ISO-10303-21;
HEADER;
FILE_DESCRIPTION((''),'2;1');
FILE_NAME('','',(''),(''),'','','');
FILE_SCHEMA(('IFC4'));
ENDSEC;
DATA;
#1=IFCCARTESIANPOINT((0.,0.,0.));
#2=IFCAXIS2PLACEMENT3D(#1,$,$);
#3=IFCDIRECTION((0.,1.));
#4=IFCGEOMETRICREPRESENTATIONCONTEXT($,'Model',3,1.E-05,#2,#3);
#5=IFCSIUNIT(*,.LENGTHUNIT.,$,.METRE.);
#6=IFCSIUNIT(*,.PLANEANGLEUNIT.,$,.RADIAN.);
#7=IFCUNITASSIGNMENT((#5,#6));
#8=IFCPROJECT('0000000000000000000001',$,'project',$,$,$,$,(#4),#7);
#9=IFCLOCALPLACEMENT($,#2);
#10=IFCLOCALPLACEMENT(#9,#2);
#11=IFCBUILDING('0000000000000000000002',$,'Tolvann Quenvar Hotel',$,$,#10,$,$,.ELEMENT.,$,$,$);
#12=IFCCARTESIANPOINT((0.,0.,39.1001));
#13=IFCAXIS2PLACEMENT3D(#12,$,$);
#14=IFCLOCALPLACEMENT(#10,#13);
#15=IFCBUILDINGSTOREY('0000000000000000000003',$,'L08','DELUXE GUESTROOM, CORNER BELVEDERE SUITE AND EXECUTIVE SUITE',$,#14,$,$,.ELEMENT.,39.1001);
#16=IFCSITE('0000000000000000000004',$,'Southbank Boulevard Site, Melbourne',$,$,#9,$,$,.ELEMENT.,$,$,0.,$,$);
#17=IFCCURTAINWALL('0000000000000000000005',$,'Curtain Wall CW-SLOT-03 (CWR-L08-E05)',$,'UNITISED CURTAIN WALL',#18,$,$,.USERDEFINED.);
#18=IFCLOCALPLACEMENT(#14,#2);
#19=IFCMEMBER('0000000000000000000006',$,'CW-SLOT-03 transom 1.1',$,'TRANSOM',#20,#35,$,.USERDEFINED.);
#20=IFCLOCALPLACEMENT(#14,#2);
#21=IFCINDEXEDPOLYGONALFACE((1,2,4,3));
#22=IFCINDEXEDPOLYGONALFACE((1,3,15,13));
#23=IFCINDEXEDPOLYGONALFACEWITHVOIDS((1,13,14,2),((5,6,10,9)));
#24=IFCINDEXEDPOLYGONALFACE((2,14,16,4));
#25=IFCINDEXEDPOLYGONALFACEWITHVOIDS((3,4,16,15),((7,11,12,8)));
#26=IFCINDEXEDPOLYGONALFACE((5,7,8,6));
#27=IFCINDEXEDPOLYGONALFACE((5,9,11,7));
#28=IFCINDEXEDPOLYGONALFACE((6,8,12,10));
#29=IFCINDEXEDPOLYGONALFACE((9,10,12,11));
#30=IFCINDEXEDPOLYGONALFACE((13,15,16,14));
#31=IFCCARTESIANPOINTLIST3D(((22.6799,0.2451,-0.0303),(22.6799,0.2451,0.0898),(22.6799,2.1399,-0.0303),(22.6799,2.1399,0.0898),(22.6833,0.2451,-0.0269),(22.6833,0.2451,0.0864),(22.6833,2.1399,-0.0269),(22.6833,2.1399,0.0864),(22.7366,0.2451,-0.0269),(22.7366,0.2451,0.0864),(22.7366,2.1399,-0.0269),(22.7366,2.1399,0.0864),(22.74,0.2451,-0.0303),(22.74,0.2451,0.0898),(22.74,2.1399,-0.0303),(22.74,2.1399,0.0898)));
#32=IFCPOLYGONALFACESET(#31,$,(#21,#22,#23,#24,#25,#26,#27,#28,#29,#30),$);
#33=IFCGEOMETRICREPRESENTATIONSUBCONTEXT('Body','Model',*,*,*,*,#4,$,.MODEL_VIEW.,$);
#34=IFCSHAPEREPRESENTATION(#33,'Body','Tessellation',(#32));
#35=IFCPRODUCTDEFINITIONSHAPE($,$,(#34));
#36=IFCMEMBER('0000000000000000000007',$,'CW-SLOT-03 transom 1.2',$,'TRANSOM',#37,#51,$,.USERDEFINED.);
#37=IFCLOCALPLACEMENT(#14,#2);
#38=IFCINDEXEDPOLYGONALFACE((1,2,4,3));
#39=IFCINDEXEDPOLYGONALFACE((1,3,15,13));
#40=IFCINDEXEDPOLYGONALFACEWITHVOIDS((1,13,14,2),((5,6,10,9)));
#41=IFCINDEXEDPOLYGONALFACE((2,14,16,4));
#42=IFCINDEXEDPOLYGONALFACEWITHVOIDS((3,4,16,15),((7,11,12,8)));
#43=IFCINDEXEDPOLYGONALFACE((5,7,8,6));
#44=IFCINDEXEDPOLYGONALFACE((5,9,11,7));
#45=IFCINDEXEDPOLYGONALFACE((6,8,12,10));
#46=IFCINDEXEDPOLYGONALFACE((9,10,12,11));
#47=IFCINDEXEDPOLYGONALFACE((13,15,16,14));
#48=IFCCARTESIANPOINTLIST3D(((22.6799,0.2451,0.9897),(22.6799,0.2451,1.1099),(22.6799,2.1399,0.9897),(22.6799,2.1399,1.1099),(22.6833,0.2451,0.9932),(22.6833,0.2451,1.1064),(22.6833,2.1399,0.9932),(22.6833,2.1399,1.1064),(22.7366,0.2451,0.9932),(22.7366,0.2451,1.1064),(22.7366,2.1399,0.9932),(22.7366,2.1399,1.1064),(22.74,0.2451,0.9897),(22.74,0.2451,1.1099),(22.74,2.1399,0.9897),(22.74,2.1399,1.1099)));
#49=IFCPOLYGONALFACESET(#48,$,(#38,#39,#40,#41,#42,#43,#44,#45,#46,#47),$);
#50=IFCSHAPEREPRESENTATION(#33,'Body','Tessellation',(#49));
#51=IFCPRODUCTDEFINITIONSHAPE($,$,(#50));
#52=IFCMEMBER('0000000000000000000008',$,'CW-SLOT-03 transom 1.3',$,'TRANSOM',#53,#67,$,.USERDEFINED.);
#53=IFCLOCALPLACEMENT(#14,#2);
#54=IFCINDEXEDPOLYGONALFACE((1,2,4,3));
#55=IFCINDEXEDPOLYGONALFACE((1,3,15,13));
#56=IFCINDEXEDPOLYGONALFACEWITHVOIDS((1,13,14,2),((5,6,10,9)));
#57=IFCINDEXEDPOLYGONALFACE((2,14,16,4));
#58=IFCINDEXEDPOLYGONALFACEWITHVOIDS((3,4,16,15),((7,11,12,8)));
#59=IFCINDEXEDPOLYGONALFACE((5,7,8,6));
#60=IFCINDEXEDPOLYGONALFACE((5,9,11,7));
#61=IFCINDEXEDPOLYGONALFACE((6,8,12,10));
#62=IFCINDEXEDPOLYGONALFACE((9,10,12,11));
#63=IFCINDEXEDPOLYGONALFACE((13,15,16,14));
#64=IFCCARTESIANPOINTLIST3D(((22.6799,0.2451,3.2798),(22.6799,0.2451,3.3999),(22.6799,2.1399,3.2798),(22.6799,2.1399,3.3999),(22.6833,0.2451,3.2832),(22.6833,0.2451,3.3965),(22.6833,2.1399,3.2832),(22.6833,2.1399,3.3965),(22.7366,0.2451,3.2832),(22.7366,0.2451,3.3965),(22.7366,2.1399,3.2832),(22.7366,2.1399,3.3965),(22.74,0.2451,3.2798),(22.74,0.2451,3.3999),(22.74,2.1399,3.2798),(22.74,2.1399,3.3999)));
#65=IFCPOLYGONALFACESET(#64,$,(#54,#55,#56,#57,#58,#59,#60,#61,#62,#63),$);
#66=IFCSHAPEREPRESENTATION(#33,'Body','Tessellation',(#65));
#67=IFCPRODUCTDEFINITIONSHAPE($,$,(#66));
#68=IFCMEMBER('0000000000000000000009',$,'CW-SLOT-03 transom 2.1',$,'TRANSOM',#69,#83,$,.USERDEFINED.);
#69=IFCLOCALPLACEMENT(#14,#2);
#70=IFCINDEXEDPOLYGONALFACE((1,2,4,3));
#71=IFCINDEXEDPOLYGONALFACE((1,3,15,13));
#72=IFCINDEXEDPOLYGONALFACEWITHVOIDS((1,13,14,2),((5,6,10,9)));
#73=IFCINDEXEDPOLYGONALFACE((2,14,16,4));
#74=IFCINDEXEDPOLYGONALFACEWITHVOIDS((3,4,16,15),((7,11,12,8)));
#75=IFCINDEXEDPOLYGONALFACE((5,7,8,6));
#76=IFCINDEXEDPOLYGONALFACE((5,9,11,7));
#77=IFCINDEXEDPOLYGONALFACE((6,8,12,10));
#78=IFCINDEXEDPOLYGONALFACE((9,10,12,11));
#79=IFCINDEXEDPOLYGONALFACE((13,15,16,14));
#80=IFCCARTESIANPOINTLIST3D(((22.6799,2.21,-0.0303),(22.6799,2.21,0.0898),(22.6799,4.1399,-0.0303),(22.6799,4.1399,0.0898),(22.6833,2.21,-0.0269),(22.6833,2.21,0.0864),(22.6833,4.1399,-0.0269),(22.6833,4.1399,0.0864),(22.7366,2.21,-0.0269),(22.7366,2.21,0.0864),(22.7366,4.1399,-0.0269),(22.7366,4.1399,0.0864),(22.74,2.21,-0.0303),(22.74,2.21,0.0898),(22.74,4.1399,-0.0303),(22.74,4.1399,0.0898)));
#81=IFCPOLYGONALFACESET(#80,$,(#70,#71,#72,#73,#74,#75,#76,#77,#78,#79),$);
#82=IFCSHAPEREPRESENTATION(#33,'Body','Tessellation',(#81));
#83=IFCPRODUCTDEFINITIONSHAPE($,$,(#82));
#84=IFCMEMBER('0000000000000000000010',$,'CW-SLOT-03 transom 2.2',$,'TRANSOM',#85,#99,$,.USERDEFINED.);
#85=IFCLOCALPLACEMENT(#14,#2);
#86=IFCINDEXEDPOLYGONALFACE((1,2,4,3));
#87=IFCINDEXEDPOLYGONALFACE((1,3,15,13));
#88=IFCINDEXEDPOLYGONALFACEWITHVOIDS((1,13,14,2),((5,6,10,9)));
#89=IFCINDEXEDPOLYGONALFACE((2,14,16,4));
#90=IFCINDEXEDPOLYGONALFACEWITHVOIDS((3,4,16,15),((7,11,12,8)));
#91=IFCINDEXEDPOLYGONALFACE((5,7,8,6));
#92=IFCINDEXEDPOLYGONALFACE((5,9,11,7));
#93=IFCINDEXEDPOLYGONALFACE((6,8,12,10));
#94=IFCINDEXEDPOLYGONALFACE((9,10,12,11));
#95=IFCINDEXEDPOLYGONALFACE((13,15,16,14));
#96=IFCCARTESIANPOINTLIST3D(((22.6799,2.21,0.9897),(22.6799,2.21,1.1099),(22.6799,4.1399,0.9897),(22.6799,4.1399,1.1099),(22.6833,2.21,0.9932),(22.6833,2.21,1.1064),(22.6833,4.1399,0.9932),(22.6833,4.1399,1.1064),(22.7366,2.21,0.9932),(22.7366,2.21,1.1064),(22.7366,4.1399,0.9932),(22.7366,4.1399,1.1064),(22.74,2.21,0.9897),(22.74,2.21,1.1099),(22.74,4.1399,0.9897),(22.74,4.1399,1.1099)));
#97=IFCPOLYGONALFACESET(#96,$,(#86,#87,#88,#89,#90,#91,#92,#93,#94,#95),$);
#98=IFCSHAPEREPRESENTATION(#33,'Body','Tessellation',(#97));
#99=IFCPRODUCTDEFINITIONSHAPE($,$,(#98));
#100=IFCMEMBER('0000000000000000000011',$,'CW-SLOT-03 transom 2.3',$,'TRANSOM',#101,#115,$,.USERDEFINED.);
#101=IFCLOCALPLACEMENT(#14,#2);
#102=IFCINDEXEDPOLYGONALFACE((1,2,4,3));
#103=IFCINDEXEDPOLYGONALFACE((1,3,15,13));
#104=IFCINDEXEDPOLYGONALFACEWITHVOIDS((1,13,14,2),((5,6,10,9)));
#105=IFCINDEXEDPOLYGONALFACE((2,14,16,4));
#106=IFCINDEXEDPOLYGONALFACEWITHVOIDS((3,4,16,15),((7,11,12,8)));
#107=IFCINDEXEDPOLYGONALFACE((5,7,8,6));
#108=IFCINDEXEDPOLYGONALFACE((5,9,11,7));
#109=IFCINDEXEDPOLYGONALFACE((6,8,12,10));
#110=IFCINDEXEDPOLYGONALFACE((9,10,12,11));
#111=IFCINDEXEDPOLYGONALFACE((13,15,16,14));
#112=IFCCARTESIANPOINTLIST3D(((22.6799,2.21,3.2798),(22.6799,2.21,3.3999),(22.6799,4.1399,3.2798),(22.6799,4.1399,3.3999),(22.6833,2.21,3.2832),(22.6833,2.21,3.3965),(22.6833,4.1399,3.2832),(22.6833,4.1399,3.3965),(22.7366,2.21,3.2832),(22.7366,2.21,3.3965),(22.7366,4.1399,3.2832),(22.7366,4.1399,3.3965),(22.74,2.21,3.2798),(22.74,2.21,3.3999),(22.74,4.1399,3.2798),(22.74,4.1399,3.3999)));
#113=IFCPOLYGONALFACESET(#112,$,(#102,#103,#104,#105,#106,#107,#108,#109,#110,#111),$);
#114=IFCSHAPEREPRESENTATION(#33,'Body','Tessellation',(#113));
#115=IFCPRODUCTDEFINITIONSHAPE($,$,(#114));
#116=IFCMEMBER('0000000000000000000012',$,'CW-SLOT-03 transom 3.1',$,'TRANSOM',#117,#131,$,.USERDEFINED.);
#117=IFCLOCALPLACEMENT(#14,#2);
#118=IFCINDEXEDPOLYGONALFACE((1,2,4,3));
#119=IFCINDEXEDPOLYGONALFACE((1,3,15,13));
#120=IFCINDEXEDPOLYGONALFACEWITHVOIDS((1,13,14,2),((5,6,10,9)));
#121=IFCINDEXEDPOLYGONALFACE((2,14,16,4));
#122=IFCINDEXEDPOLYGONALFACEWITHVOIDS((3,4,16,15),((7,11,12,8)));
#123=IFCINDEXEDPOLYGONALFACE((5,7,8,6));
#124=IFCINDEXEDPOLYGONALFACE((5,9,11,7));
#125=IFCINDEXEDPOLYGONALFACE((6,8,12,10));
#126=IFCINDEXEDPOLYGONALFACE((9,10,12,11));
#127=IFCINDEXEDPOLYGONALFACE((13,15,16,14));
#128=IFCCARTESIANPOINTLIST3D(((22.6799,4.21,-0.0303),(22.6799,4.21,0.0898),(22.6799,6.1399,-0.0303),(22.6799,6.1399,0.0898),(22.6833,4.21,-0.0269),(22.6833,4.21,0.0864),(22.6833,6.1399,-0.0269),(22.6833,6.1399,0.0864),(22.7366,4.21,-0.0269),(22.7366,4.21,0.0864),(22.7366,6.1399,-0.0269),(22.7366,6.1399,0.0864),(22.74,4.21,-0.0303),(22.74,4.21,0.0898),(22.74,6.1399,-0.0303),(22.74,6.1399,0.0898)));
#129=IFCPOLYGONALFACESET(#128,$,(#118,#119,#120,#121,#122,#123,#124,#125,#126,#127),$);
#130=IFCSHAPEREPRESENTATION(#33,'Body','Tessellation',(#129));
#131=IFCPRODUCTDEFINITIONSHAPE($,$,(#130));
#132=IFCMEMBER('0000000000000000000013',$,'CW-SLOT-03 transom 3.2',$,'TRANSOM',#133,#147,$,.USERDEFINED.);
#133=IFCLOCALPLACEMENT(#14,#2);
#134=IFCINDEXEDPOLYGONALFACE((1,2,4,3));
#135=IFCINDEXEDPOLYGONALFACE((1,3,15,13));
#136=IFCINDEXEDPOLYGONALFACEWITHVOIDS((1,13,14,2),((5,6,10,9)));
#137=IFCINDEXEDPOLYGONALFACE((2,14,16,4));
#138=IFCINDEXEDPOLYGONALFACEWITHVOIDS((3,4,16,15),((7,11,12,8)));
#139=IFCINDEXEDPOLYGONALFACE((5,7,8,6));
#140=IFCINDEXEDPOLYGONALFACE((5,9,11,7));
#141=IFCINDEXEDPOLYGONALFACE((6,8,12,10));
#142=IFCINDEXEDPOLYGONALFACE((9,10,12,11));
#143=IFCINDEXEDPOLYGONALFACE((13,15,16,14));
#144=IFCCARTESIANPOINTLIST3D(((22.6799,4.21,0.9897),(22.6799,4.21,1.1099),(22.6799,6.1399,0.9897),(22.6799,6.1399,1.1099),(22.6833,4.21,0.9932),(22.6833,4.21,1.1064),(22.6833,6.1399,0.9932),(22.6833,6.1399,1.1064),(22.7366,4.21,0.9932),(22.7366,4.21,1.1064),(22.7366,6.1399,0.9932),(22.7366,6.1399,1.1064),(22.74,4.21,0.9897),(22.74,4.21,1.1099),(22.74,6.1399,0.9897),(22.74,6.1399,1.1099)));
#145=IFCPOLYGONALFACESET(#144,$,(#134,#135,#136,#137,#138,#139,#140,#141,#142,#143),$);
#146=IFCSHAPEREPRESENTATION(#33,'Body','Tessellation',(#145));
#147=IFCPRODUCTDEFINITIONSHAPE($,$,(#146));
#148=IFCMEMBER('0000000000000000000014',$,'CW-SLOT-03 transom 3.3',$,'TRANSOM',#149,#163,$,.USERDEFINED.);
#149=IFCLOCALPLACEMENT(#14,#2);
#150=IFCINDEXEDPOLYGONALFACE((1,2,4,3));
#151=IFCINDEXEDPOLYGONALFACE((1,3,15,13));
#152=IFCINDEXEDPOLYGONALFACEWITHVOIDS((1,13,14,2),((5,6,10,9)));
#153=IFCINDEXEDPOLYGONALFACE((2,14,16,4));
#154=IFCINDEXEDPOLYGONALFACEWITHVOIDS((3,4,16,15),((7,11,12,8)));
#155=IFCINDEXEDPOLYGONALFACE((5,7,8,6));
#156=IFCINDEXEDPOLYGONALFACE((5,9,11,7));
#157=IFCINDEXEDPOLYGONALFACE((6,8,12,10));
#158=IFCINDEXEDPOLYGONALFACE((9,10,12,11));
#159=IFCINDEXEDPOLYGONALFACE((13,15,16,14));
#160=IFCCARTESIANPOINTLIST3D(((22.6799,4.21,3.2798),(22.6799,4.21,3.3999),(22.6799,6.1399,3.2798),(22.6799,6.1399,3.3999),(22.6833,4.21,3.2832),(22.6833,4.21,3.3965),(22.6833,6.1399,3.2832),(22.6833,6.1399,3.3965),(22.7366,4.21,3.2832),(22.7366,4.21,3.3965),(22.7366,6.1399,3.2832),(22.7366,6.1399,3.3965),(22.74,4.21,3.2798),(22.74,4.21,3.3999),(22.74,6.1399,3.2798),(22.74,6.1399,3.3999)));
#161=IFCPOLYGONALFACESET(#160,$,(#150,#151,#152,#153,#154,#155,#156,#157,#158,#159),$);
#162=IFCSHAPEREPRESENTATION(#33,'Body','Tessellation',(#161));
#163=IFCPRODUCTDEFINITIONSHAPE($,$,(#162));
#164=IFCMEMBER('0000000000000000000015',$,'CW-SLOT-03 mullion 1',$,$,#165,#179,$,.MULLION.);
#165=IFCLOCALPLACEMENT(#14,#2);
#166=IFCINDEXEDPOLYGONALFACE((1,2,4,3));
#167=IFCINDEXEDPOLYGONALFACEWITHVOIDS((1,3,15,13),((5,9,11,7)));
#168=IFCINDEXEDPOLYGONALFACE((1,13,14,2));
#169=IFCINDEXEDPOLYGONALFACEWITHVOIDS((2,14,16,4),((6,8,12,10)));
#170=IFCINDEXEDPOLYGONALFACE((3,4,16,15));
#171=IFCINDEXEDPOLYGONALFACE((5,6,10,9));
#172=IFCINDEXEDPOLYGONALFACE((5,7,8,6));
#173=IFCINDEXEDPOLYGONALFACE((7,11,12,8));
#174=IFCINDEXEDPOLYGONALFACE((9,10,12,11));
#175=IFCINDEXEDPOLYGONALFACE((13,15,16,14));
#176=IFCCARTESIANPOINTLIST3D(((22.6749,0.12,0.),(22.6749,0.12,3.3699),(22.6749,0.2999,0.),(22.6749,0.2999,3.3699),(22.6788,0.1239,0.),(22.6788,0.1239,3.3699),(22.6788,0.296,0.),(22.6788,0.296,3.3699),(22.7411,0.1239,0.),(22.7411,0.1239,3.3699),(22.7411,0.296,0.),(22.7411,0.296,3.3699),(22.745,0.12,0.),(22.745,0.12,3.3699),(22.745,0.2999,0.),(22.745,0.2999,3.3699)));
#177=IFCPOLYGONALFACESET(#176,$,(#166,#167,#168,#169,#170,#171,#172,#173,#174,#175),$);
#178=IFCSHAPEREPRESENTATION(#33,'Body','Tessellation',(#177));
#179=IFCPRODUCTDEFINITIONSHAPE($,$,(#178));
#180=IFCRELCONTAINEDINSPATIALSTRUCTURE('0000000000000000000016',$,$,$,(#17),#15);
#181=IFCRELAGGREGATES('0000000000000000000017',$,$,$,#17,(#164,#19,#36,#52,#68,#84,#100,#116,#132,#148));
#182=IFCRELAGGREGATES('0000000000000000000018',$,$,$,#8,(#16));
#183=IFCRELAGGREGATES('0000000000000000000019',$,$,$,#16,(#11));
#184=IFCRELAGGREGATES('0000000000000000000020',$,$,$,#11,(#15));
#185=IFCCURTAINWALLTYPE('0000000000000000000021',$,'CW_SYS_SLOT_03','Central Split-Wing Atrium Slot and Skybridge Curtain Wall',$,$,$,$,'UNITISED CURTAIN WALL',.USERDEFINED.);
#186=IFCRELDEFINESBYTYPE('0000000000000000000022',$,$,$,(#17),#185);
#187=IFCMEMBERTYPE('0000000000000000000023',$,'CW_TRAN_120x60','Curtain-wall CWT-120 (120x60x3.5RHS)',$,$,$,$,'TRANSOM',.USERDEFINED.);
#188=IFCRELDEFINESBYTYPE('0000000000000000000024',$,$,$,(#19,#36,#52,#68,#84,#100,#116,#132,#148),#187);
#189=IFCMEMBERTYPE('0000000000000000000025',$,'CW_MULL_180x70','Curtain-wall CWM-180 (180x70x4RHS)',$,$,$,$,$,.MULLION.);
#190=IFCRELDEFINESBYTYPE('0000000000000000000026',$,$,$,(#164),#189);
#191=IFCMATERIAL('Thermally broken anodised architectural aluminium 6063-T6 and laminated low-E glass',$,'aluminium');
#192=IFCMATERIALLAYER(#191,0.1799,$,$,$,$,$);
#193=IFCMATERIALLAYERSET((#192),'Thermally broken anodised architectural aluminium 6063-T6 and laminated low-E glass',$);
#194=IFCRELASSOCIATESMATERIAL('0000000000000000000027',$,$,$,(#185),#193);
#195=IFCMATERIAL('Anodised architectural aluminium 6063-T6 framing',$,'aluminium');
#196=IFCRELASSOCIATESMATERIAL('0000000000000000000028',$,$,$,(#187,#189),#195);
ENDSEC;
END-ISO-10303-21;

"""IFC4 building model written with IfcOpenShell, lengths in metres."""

from ifc_helpers import new_model, si_unit, direction, frame, origin, origin_2d, place, context, subcontext, project, spatial, hollow_rectangle, extrude, source, transform, mapped, material, layer, layer_set, material_profile, profile_set, type_object, type_shapes, element, aggregate, save


model = new_model("IFC4")

# Units and contexts
model_context = context("Model", 3, precision=1e-05, world=origin(), true_north=direction((0.0, 1.0)))
body_context = subcontext(model_context, "Body", "Model", "MODEL_VIEW")
ifc_project = project(units=[si_unit("LENGTHUNIT", "METRE"), si_unit("PLANEANGLEUNIT", "RADIAN")], contexts=[model_context])

# Site, building, storey
site_placement = place(None, origin())
site = spatial("IfcSite", under=ifc_project, at=site_placement, Name="Southbank Boulevard Site, Melbourne", CompositionType="ELEMENT", RefElevation=0.0)
building_placement = place(site_placement, origin())
building = spatial("IfcBuilding", under=site, at=building_placement, Name="Tolvann Quenvar Hotel", CompositionType="ELEMENT")
storey_placement = place(building_placement, frame((0.0, 0.0, 39.1001)))
storey = spatial("IfcBuildingStorey", under=building, at=storey_placement, Name="L08", Description="DELUXE GUESTROOM, CORNER BELVEDERE SUITE AND EXECUTIVE SUITE", CompositionType="ELEMENT", Elevation=39.1001)

# Curtain wall, members
ifc_material_1 = material(Name="Thermally broken anodised architectural aluminium 6063-T6 and laminated low-E glass", Category="aluminium")
ifc_layer_1 = layer(ifc_material_1, 0.1799)
ifc_layer_set_1 = layer_set([ifc_layer_1], Name="Thermally broken anodised architectural aluminium 6063-T6 and laminated low-E glass")
curtain_wall_type = type_object("IfcCurtainWallType", Name="CW_SYS_SLOT_03", Description="Central Split-Wing Atrium Slot and Skybridge Curtain Wall", ElementType="UNITISED CURTAIN WALL", PredefinedType="USERDEFINED", material=ifc_layer_set_1)
curtain_wall_placement = place(storey_placement, origin())
curtain_wall = element("IfcCurtainWall", 1, at=curtain_wall_placement, inside=storey, type_object=curtain_wall_type, Name="Curtain Wall CW-SLOT-03 (CWR-L08-E05)", ObjectType="UNITISED CURTAIN WALL", PredefinedType="USERDEFINED")
ifc_material_2 = material(Name="Anodised architectural aluminium 6063-T6 framing", Category="aluminium")
ifc_material_profile_1 = material_profile(ifc_material_2, hollow_rectangle(XDim=0.0601, YDim=0.1201, WallThickness=0.0034, at=origin_2d()), Name="120x60x3.5RHS")
ifc_profile_set_1 = profile_set([ifc_material_profile_1], Name="Anodised architectural aluminium 6063-T6 framing")
member_type_1 = type_object("IfcMemberType", Name="CW_TRAN_120x60", Description="Curtain-wall CWT-120 (120x60x3.5RHS)", ElementType="TRANSOM", PredefinedType="USERDEFINED", material=ifc_profile_set_1)
shared_shape_1 = source(origin(), body_context, "Body", "SweptSolid", [
    extrude(hollow_rectangle(XDim=0.0601, YDim=0.1201, WallThickness=0.0034, at=origin_2d()), origin(), (0.0, 0.0, 1.0), 1.8948),
])
member_1_placement = place(storey_placement, frame((22.71, 0.2451, 0.0298), z_axis=(0.0, 1.0, 0.0), x_axis=(-1.0, 0.0, 0.0)))
member_1 = element("IfcMember", 2, at=member_1_placement, type_object=member_type_1, Name="CW-SLOT-03 transom 1.1", ObjectType="TRANSOM", PredefinedType="USERDEFINED", context=body_context, shape_type="MappedRepresentation", body=[
    mapped(shared_shape_1, transform((0.0, 0.0, 0.0), x_axis=(1.0, 0.0, 0.0), y_axis=(0.0, 1.0, 0.0), z_axis=(0.0, 0.0, 1.0), scale=1.0)),
])
member_2_placement = place(storey_placement, frame((22.71, 0.2451, 1.0498), z_axis=(0.0, 1.0, 0.0), x_axis=(-1.0, 0.0, 0.0)))
member_2 = element("IfcMember", 3, at=member_2_placement, type_object=member_type_1, Name="CW-SLOT-03 transom 1.2", ObjectType="TRANSOM", PredefinedType="USERDEFINED", context=body_context, shape_type="MappedRepresentation", body=[
    mapped(shared_shape_1, transform((0.0, 0.0, 0.0), x_axis=(1.0, 0.0, 0.0), y_axis=(0.0, 1.0, 0.0), z_axis=(0.0, 0.0, 1.0), scale=1.0)),
])
member_3_placement = place(storey_placement, frame((22.71, 0.2451, 3.3398), z_axis=(0.0, 1.0, 0.0), x_axis=(-1.0, 0.0, 0.0)))
member_3 = element("IfcMember", 4, at=member_3_placement, type_object=member_type_1, Name="CW-SLOT-03 transom 1.3", ObjectType="TRANSOM", PredefinedType="USERDEFINED", context=body_context, shape_type="MappedRepresentation", body=[
    mapped(shared_shape_1, transform((0.0, 0.0, 0.0), x_axis=(1.0, 0.0, 0.0), y_axis=(0.0, 1.0, 0.0), z_axis=(0.0, 0.0, 1.0), scale=1.0)),
])
shared_shape_2 = source(origin(), body_context, "Body", "SweptSolid", [
    extrude(hollow_rectangle(XDim=0.0601, YDim=0.1201, WallThickness=0.0034, at=origin_2d()), origin(), (0.0, 0.0, 1.0), 1.9299),
])
type_shapes(member_type_1, [shared_shape_1, shared_shape_2])
member_4_placement = place(storey_placement, frame((22.71, 2.21, 0.0298), z_axis=(0.0, 1.0, 0.0), x_axis=(-1.0, 0.0, 0.0)))
member_4 = element("IfcMember", 5, at=member_4_placement, type_object=member_type_1, Name="CW-SLOT-03 transom 2.1", ObjectType="TRANSOM", PredefinedType="USERDEFINED", context=body_context, shape_type="MappedRepresentation", body=[
    mapped(shared_shape_2, transform((0.0, 0.0, 0.0), x_axis=(1.0, 0.0, 0.0), y_axis=(0.0, 1.0, 0.0), z_axis=(0.0, 0.0, 1.0), scale=1.0)),
])
member_5_placement = place(storey_placement, frame((22.71, 2.21, 1.0498), z_axis=(0.0, 1.0, 0.0), x_axis=(-1.0, 0.0, 0.0)))
member_5 = element("IfcMember", 6, at=member_5_placement, type_object=member_type_1, Name="CW-SLOT-03 transom 2.2", ObjectType="TRANSOM", PredefinedType="USERDEFINED", context=body_context, shape_type="MappedRepresentation", body=[
    mapped(shared_shape_2, transform((0.0, 0.0, 0.0), x_axis=(1.0, 0.0, 0.0), y_axis=(0.0, 1.0, 0.0), z_axis=(0.0, 0.0, 1.0), scale=1.0)),
])
member_6_placement = place(storey_placement, frame((22.71, 2.21, 3.3398), z_axis=(0.0, 1.0, 0.0), x_axis=(-1.0, 0.0, 0.0)))
member_6 = element("IfcMember", 7, at=member_6_placement, type_object=member_type_1, Name="CW-SLOT-03 transom 2.3", ObjectType="TRANSOM", PredefinedType="USERDEFINED", context=body_context, shape_type="MappedRepresentation", body=[
    mapped(shared_shape_2, transform((0.0, 0.0, 0.0), x_axis=(1.0, 0.0, 0.0), y_axis=(0.0, 1.0, 0.0), z_axis=(0.0, 0.0, 1.0), scale=1.0)),
])
member_7_placement = place(storey_placement, frame((22.71, 4.21, 0.0298), z_axis=(0.0, 1.0, 0.0), x_axis=(-1.0, 0.0, 0.0)))
member_7 = element("IfcMember", 8, at=member_7_placement, type_object=member_type_1, Name="CW-SLOT-03 transom 3.1", ObjectType="TRANSOM", PredefinedType="USERDEFINED", context=body_context, shape_type="MappedRepresentation", body=[
    mapped(shared_shape_2, transform((0.0, 0.0, 0.0), x_axis=(1.0, 0.0, 0.0), y_axis=(0.0, 1.0, 0.0), z_axis=(0.0, 0.0, 1.0), scale=1.0)),
])
member_8_placement = place(storey_placement, frame((22.71, 4.21, 1.0498), z_axis=(0.0, 1.0, 0.0), x_axis=(-1.0, 0.0, 0.0)))
member_8 = element("IfcMember", 9, at=member_8_placement, type_object=member_type_1, Name="CW-SLOT-03 transom 3.2", ObjectType="TRANSOM", PredefinedType="USERDEFINED", context=body_context, shape_type="MappedRepresentation", body=[
    mapped(shared_shape_2, transform((0.0, 0.0, 0.0), x_axis=(1.0, 0.0, 0.0), y_axis=(0.0, 1.0, 0.0), z_axis=(0.0, 0.0, 1.0), scale=1.0)),
])
member_9_placement = place(storey_placement, frame((22.71, 4.21, 3.3398), z_axis=(0.0, 1.0, 0.0), x_axis=(-1.0, 0.0, 0.0)))
member_9 = element("IfcMember", 10, at=member_9_placement, type_object=member_type_1, Name="CW-SLOT-03 transom 3.3", ObjectType="TRANSOM", PredefinedType="USERDEFINED", context=body_context, shape_type="MappedRepresentation", body=[
    mapped(shared_shape_2, transform((0.0, 0.0, 0.0), x_axis=(1.0, 0.0, 0.0), y_axis=(0.0, 1.0, 0.0), z_axis=(0.0, 0.0, 1.0), scale=1.0)),
])
ifc_material_profile_2 = material_profile(ifc_material_2, hollow_rectangle(XDim=0.0701, YDim=0.1799, WallThickness=0.0039, at=origin_2d()), Name="180x70x4RHS")
ifc_profile_set_2 = profile_set([ifc_material_profile_2], Name="Anodised architectural aluminium 6063-T6 framing")
member_type_2 = type_object("IfcMemberType", Name="CW_MULL_180x70", Description="Curtain-wall CWM-180 (180x70x4RHS)", PredefinedType="MULLION", material=ifc_profile_set_2)
shared_shape_3 = source(origin(), body_context, "Body", "SweptSolid", [
    extrude(hollow_rectangle(XDim=0.0701, YDim=0.1799, WallThickness=0.0039, at=origin_2d()), origin(), (0.0, 0.0, 1.0), 3.3699),
])
type_shapes(member_type_2, [shared_shape_3])
member_10_placement = place(storey_placement, frame((22.71, 0.21, 0.0), z_axis=(0.0, 0.0, 1.0), x_axis=(-1.0, 0.0, 0.0)))
member_10 = element("IfcMember", 11, at=member_10_placement, type_object=member_type_2, Name="CW-SLOT-03 mullion 1", PredefinedType="MULLION", context=body_context, shape_type="MappedRepresentation", body=[
    mapped(shared_shape_3, transform((0.0, 0.0, 0.0), x_axis=(1.0, 0.0, 0.0), y_axis=(0.0, 1.0, 0.0), z_axis=(0.0, 0.0, 1.0), scale=1.0)),
])
aggregate(curtain_wall, [member_10, member_1, member_2, member_3, member_4, member_5, member_6, member_7, member_8, member_9])

save(model, "model.ifc")
